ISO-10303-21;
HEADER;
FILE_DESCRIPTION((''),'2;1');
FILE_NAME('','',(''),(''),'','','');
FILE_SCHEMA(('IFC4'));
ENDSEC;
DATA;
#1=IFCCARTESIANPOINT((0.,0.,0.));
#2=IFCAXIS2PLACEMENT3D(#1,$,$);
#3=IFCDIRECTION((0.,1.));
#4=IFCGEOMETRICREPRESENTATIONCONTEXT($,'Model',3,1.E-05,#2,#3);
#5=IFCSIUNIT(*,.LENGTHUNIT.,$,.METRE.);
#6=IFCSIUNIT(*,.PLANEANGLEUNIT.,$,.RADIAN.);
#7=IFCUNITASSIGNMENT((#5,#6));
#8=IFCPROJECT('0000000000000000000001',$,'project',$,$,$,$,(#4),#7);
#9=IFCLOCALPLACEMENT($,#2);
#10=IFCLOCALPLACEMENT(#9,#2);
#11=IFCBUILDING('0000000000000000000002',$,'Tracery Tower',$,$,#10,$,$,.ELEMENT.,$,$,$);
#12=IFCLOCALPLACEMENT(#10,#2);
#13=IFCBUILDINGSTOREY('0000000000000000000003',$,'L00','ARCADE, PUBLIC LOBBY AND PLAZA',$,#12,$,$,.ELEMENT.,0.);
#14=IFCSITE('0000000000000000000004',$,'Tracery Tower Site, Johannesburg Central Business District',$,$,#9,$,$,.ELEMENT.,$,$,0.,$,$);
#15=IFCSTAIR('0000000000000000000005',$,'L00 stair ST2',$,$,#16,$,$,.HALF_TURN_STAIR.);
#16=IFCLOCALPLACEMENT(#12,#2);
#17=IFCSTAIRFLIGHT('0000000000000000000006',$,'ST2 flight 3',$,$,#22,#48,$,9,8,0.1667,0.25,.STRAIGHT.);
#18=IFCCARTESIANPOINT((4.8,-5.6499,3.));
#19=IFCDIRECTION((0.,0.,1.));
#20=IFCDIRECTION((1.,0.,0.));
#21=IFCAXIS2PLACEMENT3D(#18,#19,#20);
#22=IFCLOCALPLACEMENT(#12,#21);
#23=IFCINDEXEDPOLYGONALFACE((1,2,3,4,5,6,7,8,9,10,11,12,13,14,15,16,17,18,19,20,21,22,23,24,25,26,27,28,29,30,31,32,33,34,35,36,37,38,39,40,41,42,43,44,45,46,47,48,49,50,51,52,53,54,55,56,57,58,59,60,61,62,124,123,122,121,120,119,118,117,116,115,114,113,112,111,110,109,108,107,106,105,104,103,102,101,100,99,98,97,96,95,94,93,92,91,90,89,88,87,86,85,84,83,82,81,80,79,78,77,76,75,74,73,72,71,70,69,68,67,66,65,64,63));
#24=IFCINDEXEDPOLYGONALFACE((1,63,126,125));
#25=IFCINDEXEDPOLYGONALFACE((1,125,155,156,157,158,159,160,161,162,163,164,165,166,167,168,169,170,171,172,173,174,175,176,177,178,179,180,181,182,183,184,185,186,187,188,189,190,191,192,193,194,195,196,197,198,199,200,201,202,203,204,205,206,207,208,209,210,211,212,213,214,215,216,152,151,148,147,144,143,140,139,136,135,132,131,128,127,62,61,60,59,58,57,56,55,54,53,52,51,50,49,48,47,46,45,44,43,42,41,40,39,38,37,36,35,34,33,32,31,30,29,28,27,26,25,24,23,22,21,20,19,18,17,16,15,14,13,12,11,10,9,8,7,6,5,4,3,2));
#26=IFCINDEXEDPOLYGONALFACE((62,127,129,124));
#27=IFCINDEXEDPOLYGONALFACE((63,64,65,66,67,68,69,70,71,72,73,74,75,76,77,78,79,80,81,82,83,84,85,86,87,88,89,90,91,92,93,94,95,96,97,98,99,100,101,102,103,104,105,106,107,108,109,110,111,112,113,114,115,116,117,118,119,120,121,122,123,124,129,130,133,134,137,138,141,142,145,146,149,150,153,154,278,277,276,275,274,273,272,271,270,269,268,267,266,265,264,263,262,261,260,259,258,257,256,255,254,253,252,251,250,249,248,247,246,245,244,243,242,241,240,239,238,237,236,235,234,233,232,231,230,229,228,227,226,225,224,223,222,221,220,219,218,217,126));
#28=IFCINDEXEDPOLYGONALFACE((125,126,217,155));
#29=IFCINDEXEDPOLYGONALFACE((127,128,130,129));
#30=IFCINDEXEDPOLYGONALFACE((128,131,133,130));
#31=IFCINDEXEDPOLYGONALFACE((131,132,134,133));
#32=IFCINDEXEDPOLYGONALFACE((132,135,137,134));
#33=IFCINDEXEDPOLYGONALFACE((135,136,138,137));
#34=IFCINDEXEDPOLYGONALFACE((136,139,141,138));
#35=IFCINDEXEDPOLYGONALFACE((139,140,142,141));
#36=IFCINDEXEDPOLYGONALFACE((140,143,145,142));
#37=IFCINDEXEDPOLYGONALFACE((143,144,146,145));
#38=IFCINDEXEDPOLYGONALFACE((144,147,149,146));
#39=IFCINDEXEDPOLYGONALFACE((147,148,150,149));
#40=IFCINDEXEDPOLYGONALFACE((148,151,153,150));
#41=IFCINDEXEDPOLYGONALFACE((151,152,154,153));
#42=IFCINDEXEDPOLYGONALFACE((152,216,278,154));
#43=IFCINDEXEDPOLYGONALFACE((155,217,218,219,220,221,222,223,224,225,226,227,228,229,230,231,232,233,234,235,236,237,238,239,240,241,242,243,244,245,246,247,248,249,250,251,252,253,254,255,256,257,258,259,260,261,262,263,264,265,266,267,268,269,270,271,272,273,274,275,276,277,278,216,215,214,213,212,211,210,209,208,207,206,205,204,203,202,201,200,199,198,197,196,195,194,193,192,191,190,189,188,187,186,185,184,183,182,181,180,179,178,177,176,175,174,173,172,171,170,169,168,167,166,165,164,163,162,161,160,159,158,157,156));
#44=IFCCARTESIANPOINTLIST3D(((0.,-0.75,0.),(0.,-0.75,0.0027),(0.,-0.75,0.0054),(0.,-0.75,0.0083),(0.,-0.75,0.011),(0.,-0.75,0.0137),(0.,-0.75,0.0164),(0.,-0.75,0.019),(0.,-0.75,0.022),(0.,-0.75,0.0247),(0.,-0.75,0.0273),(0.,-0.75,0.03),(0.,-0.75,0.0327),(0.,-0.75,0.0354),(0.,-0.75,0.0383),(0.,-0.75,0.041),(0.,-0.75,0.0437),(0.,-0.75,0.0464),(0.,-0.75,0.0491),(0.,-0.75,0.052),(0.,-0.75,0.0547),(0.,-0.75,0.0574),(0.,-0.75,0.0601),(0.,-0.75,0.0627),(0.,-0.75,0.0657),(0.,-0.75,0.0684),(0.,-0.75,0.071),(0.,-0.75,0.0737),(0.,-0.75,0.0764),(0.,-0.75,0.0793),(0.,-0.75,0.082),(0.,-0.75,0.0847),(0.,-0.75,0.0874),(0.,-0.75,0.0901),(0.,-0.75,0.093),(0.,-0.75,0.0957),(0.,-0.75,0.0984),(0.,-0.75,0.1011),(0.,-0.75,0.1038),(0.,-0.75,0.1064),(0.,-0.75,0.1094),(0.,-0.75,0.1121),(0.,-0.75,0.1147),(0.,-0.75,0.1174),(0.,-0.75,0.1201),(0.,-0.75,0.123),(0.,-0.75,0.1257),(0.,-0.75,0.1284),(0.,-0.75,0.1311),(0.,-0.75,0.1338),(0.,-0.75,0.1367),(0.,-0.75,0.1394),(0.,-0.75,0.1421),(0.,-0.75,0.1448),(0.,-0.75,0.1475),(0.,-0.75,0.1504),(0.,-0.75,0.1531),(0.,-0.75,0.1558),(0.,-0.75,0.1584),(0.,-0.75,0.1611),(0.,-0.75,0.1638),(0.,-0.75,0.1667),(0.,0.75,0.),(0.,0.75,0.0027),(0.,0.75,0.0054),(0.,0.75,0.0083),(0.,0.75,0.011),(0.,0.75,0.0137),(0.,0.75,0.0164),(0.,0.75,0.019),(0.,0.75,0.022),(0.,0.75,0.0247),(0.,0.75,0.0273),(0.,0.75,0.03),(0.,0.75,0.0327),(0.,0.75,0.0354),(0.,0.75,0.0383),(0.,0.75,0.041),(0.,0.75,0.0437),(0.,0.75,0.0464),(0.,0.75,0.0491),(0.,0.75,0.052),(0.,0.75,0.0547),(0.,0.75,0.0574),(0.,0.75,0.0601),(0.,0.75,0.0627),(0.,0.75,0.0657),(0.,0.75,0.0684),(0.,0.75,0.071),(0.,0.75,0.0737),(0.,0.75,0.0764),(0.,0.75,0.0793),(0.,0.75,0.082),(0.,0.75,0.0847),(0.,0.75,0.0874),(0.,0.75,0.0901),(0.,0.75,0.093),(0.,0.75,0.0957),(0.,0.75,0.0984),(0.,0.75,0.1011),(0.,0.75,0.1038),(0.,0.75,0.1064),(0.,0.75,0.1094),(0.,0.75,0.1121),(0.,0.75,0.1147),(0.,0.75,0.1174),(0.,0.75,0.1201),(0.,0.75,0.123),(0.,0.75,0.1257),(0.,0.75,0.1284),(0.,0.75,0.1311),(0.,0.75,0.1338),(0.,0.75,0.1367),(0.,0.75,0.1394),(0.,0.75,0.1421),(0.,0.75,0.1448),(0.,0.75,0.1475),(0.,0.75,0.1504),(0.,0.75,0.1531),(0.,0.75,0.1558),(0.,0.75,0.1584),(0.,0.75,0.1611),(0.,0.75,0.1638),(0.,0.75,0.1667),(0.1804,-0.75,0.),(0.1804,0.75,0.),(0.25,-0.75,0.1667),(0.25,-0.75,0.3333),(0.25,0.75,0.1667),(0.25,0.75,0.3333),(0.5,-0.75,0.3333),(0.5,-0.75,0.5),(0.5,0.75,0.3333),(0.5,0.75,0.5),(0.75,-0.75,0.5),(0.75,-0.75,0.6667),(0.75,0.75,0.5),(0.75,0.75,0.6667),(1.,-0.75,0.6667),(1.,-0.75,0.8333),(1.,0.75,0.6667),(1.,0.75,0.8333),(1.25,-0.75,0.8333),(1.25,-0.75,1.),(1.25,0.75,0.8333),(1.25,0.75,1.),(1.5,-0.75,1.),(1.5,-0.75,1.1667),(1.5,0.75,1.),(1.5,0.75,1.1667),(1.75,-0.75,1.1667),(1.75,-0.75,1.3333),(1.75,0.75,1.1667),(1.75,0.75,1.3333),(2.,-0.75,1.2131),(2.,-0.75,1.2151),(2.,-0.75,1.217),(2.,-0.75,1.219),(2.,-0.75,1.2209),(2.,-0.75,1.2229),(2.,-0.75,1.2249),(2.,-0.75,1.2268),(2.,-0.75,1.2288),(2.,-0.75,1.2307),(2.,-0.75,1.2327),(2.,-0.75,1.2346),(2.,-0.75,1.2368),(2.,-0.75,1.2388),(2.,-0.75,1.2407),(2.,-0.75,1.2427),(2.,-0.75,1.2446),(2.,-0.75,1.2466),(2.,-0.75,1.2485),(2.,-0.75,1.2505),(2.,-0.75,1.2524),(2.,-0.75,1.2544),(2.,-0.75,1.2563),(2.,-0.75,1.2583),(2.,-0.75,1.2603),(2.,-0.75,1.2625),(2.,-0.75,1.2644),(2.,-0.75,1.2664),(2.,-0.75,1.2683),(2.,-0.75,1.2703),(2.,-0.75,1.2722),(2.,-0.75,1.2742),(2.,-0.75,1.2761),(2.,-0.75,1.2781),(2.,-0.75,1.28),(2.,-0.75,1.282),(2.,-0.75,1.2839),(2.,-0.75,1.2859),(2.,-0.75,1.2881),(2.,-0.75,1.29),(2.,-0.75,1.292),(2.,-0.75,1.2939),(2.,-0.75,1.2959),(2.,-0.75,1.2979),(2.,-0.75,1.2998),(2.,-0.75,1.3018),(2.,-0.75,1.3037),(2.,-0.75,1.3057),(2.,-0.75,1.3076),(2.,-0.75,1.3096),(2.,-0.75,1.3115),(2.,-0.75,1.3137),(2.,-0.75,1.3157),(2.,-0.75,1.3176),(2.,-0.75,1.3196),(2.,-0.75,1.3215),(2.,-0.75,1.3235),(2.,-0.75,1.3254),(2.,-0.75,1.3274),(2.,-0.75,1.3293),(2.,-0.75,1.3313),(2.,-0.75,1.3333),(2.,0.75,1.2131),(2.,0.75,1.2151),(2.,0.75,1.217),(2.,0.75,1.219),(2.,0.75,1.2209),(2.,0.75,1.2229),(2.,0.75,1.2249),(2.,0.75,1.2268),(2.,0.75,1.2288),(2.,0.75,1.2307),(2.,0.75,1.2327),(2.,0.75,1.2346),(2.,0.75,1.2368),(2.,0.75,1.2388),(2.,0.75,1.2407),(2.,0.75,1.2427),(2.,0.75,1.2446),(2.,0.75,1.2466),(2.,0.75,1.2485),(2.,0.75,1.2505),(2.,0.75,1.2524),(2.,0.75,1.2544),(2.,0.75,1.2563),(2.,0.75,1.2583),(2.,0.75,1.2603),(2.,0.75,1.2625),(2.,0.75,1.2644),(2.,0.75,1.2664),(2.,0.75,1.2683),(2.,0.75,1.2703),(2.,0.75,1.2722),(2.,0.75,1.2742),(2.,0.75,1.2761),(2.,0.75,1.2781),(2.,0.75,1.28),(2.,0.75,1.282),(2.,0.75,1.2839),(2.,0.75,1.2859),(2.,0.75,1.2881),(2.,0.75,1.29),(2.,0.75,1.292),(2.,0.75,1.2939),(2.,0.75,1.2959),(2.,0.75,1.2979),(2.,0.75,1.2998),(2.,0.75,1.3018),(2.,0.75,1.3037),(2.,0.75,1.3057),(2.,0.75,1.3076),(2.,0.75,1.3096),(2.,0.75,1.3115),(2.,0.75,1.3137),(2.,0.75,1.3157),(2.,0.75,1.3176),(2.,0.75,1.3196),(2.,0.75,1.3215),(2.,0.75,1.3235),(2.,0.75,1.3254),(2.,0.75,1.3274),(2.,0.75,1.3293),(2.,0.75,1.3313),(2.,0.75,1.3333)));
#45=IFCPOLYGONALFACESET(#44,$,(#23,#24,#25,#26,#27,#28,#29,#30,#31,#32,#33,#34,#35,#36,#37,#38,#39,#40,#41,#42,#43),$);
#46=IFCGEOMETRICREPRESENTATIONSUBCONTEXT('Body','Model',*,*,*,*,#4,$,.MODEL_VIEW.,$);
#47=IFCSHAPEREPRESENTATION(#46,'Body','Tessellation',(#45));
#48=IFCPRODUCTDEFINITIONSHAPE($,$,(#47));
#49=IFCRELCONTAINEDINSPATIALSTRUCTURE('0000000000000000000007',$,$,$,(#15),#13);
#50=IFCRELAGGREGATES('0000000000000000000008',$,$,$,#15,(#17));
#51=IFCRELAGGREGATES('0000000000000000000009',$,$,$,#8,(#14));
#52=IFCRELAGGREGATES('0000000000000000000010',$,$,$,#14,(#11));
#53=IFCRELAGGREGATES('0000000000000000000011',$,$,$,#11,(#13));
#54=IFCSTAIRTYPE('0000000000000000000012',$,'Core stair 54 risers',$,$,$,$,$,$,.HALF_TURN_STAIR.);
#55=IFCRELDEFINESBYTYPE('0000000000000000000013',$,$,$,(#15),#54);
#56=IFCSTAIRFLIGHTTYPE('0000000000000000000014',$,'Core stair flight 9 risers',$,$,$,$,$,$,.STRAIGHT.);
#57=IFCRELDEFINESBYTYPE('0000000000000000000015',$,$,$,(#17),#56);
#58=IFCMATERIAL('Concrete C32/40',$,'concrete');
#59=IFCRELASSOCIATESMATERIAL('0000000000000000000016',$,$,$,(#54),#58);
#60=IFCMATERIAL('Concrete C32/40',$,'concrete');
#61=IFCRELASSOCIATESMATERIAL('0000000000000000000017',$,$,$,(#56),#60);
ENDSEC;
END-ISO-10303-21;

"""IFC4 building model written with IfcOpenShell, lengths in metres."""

from ifc_helpers import new_model, si_unit, direction, frame, origin, place, context, subcontext, project, spatial, polyline, outline, extrude, material, type_object, element, aggregate, save


model = new_model("IFC4")

# Units and contexts
model_context = context("Model", 3, precision=1e-05, world=origin(), true_north=direction((0.0, 1.0)))
body_context = subcontext(model_context, "Body", "Model", "MODEL_VIEW")
ifc_project = project(units=[si_unit("LENGTHUNIT", "METRE"), si_unit("PLANEANGLEUNIT", "RADIAN")], contexts=[model_context])

# Site, building, storey
site_placement = place(None, origin())
site = spatial("IfcSite", under=ifc_project, at=site_placement, Name="Tracery Tower Site, Johannesburg Central Business District", CompositionType="ELEMENT", RefElevation=0.0)
building_placement = place(site_placement, origin())
building = spatial("IfcBuilding", under=site, at=building_placement, Name="Tracery Tower", CompositionType="ELEMENT")
storey_placement = place(building_placement, origin())
storey = spatial("IfcBuildingStorey", under=building, at=storey_placement, Name="L00", Description="ARCADE, PUBLIC LOBBY AND PLAZA", CompositionType="ELEMENT", Elevation=0.0)

# Stair, stair flight
ifc_material_1 = material(Name="Concrete C32/40", Category="concrete")
stair_type = type_object("IfcStairType", Name="Core stair 54 risers", PredefinedType="HALF_TURN_STAIR", material=ifc_material_1)
stair_placement = place(storey_placement, origin())
stair = element("IfcStair", 1, at=stair_placement, inside=storey, type_object=stair_type, Name="L00 stair ST2", PredefinedType="HALF_TURN_STAIR")
ifc_material_2 = material(Name="Concrete C32/40", Category="concrete")
stair_flight_type = type_object("IfcStairFlightType", Name="Core stair flight 9 risers", PredefinedType="STRAIGHT", material=ifc_material_2)
stair_flight_1_placement = place(storey_placement, frame((4.8, -5.6499, 3.0), z_axis=(0.0, 0.0, 1.0), x_axis=(1.0, 0.0, 0.0)))
stair_flight_1 = element("IfcStairFlight", 2, at=stair_flight_1_placement, type_object=stair_flight_type, Name="ST2 flight 3", NumberOfRisers=9, NumberOfTreads=8, PredefinedType="STRAIGHT", RiserHeight=0.1667, TreadLength=0.25, context=body_context, shape_type="SweptSolid", body=[
    extrude(outline(polyline([(0.0, 0.0), (0.0, 0.0027), (0.0, 0.0054), (0.0, 0.0083), (0.0, 0.011), (0.0, 0.0137), (0.0, 0.0164), (0.0, 0.019), (0.0, 0.022), (0.0, 0.0247), (0.0, 0.0273), (0.0, 0.03), (0.0, 0.0327), (0.0, 0.0354), (0.0, 0.0383), (0.0, 0.041), (0.0, 0.0437), (0.0, 0.0464), (0.0, 0.0491), (0.0, 0.052), (0.0, 0.0547), (0.0, 0.0574), (0.0, 0.0601), (0.0, 0.0627), (0.0, 0.0657), (0.0, 0.0684), (0.0, 0.071), (0.0, 0.0737), (0.0, 0.0764), (0.0, 0.0793), (0.0, 0.082), (0.0, 0.0847), (0.0, 0.0874), (0.0, 0.0901), (0.0, 0.093), (0.0, 0.0957), (0.0, 0.0984), (0.0, 0.1011), (0.0, 0.1038), (0.0, 0.1064), (0.0, 0.1094), (0.0, 0.1121), (0.0, 0.1147), (0.0, 0.1174), (0.0, 0.1201), (0.0, 0.123), (0.0, 0.1257), (0.0, 0.1284), (0.0, 0.1311), (0.0, 0.1338), (0.0, 0.1367), (0.0, 0.1394), (0.0, 0.1421), (0.0, 0.1448), (0.0, 0.1475), (0.0, 0.1504), (0.0, 0.1531), (0.0, 0.1558), (0.0, 0.1584), (0.0, 0.1611), (0.0, 0.1638), (0.0, 0.1667), (0.25, 0.1667), (0.25, 0.3333), (0.5, 0.3333), (0.5, 0.5), (0.75, 0.5), (0.75, 0.6667), (1.0, 0.6667), (1.0, 0.8333), (1.25, 0.8333), (1.25, 1.0), (1.5, 1.0), (1.5, 1.1667), (1.75, 1.1667), (1.75, 1.3333), (2.0, 1.3333), (2.0, 1.3313), (2.0, 1.3293), (2.0, 1.3274), (2.0, 1.3254), (2.0, 1.3235), (2.0, 1.3215), (2.0, 1.3196), (2.0, 1.3176), (2.0, 1.3157), (2.0, 1.3137), (2.0, 1.3115), (2.0, 1.3096), (2.0, 1.3076), (2.0, 1.3057), (2.0, 1.3037), (2.0, 1.3018), (2.0, 1.2998), (2.0, 1.2979), (2.0, 1.2959), (2.0, 1.2939), (2.0, 1.292), (2.0, 1.29), (2.0, 1.2881), (2.0, 1.2859), (2.0, 1.2839), (2.0, 1.282), (2.0, 1.28), (2.0, 1.2781), (2.0, 1.2761), (2.0, 1.2742), (2.0, 1.2722), (2.0, 1.2703), (2.0, 1.2683), (2.0, 1.2664), (2.0, 1.2644), (2.0, 1.2625), (2.0, 1.2603), (2.0, 1.2583), (2.0, 1.2563), (2.0, 1.2544), (2.0, 1.2524), (2.0, 1.2505), (2.0, 1.2485), (2.0, 1.2466), (2.0, 1.2446), (2.0, 1.2427), (2.0, 1.2407), (2.0, 1.2388), (2.0, 1.2368), (2.0, 1.2346), (2.0, 1.2327), (2.0, 1.2307), (2.0, 1.2288), (2.0, 1.2268), (2.0, 1.2249), (2.0, 1.2229), (2.0, 1.2209), (2.0, 1.219), (2.0, 1.217), (2.0, 1.2151), (2.0, 1.2131), (0.1804, 0.0), (0.0, 0.0)])), frame((0.0, 0.75, 0.0), z_axis=(0.0, -1.0, 0.0), x_axis=(1.0, 0.0, 0.0)), (0.0, 0.0, 1.0), 1.5),
])
aggregate(stair, [stair_flight_1])

save(model, "model.ifc")
